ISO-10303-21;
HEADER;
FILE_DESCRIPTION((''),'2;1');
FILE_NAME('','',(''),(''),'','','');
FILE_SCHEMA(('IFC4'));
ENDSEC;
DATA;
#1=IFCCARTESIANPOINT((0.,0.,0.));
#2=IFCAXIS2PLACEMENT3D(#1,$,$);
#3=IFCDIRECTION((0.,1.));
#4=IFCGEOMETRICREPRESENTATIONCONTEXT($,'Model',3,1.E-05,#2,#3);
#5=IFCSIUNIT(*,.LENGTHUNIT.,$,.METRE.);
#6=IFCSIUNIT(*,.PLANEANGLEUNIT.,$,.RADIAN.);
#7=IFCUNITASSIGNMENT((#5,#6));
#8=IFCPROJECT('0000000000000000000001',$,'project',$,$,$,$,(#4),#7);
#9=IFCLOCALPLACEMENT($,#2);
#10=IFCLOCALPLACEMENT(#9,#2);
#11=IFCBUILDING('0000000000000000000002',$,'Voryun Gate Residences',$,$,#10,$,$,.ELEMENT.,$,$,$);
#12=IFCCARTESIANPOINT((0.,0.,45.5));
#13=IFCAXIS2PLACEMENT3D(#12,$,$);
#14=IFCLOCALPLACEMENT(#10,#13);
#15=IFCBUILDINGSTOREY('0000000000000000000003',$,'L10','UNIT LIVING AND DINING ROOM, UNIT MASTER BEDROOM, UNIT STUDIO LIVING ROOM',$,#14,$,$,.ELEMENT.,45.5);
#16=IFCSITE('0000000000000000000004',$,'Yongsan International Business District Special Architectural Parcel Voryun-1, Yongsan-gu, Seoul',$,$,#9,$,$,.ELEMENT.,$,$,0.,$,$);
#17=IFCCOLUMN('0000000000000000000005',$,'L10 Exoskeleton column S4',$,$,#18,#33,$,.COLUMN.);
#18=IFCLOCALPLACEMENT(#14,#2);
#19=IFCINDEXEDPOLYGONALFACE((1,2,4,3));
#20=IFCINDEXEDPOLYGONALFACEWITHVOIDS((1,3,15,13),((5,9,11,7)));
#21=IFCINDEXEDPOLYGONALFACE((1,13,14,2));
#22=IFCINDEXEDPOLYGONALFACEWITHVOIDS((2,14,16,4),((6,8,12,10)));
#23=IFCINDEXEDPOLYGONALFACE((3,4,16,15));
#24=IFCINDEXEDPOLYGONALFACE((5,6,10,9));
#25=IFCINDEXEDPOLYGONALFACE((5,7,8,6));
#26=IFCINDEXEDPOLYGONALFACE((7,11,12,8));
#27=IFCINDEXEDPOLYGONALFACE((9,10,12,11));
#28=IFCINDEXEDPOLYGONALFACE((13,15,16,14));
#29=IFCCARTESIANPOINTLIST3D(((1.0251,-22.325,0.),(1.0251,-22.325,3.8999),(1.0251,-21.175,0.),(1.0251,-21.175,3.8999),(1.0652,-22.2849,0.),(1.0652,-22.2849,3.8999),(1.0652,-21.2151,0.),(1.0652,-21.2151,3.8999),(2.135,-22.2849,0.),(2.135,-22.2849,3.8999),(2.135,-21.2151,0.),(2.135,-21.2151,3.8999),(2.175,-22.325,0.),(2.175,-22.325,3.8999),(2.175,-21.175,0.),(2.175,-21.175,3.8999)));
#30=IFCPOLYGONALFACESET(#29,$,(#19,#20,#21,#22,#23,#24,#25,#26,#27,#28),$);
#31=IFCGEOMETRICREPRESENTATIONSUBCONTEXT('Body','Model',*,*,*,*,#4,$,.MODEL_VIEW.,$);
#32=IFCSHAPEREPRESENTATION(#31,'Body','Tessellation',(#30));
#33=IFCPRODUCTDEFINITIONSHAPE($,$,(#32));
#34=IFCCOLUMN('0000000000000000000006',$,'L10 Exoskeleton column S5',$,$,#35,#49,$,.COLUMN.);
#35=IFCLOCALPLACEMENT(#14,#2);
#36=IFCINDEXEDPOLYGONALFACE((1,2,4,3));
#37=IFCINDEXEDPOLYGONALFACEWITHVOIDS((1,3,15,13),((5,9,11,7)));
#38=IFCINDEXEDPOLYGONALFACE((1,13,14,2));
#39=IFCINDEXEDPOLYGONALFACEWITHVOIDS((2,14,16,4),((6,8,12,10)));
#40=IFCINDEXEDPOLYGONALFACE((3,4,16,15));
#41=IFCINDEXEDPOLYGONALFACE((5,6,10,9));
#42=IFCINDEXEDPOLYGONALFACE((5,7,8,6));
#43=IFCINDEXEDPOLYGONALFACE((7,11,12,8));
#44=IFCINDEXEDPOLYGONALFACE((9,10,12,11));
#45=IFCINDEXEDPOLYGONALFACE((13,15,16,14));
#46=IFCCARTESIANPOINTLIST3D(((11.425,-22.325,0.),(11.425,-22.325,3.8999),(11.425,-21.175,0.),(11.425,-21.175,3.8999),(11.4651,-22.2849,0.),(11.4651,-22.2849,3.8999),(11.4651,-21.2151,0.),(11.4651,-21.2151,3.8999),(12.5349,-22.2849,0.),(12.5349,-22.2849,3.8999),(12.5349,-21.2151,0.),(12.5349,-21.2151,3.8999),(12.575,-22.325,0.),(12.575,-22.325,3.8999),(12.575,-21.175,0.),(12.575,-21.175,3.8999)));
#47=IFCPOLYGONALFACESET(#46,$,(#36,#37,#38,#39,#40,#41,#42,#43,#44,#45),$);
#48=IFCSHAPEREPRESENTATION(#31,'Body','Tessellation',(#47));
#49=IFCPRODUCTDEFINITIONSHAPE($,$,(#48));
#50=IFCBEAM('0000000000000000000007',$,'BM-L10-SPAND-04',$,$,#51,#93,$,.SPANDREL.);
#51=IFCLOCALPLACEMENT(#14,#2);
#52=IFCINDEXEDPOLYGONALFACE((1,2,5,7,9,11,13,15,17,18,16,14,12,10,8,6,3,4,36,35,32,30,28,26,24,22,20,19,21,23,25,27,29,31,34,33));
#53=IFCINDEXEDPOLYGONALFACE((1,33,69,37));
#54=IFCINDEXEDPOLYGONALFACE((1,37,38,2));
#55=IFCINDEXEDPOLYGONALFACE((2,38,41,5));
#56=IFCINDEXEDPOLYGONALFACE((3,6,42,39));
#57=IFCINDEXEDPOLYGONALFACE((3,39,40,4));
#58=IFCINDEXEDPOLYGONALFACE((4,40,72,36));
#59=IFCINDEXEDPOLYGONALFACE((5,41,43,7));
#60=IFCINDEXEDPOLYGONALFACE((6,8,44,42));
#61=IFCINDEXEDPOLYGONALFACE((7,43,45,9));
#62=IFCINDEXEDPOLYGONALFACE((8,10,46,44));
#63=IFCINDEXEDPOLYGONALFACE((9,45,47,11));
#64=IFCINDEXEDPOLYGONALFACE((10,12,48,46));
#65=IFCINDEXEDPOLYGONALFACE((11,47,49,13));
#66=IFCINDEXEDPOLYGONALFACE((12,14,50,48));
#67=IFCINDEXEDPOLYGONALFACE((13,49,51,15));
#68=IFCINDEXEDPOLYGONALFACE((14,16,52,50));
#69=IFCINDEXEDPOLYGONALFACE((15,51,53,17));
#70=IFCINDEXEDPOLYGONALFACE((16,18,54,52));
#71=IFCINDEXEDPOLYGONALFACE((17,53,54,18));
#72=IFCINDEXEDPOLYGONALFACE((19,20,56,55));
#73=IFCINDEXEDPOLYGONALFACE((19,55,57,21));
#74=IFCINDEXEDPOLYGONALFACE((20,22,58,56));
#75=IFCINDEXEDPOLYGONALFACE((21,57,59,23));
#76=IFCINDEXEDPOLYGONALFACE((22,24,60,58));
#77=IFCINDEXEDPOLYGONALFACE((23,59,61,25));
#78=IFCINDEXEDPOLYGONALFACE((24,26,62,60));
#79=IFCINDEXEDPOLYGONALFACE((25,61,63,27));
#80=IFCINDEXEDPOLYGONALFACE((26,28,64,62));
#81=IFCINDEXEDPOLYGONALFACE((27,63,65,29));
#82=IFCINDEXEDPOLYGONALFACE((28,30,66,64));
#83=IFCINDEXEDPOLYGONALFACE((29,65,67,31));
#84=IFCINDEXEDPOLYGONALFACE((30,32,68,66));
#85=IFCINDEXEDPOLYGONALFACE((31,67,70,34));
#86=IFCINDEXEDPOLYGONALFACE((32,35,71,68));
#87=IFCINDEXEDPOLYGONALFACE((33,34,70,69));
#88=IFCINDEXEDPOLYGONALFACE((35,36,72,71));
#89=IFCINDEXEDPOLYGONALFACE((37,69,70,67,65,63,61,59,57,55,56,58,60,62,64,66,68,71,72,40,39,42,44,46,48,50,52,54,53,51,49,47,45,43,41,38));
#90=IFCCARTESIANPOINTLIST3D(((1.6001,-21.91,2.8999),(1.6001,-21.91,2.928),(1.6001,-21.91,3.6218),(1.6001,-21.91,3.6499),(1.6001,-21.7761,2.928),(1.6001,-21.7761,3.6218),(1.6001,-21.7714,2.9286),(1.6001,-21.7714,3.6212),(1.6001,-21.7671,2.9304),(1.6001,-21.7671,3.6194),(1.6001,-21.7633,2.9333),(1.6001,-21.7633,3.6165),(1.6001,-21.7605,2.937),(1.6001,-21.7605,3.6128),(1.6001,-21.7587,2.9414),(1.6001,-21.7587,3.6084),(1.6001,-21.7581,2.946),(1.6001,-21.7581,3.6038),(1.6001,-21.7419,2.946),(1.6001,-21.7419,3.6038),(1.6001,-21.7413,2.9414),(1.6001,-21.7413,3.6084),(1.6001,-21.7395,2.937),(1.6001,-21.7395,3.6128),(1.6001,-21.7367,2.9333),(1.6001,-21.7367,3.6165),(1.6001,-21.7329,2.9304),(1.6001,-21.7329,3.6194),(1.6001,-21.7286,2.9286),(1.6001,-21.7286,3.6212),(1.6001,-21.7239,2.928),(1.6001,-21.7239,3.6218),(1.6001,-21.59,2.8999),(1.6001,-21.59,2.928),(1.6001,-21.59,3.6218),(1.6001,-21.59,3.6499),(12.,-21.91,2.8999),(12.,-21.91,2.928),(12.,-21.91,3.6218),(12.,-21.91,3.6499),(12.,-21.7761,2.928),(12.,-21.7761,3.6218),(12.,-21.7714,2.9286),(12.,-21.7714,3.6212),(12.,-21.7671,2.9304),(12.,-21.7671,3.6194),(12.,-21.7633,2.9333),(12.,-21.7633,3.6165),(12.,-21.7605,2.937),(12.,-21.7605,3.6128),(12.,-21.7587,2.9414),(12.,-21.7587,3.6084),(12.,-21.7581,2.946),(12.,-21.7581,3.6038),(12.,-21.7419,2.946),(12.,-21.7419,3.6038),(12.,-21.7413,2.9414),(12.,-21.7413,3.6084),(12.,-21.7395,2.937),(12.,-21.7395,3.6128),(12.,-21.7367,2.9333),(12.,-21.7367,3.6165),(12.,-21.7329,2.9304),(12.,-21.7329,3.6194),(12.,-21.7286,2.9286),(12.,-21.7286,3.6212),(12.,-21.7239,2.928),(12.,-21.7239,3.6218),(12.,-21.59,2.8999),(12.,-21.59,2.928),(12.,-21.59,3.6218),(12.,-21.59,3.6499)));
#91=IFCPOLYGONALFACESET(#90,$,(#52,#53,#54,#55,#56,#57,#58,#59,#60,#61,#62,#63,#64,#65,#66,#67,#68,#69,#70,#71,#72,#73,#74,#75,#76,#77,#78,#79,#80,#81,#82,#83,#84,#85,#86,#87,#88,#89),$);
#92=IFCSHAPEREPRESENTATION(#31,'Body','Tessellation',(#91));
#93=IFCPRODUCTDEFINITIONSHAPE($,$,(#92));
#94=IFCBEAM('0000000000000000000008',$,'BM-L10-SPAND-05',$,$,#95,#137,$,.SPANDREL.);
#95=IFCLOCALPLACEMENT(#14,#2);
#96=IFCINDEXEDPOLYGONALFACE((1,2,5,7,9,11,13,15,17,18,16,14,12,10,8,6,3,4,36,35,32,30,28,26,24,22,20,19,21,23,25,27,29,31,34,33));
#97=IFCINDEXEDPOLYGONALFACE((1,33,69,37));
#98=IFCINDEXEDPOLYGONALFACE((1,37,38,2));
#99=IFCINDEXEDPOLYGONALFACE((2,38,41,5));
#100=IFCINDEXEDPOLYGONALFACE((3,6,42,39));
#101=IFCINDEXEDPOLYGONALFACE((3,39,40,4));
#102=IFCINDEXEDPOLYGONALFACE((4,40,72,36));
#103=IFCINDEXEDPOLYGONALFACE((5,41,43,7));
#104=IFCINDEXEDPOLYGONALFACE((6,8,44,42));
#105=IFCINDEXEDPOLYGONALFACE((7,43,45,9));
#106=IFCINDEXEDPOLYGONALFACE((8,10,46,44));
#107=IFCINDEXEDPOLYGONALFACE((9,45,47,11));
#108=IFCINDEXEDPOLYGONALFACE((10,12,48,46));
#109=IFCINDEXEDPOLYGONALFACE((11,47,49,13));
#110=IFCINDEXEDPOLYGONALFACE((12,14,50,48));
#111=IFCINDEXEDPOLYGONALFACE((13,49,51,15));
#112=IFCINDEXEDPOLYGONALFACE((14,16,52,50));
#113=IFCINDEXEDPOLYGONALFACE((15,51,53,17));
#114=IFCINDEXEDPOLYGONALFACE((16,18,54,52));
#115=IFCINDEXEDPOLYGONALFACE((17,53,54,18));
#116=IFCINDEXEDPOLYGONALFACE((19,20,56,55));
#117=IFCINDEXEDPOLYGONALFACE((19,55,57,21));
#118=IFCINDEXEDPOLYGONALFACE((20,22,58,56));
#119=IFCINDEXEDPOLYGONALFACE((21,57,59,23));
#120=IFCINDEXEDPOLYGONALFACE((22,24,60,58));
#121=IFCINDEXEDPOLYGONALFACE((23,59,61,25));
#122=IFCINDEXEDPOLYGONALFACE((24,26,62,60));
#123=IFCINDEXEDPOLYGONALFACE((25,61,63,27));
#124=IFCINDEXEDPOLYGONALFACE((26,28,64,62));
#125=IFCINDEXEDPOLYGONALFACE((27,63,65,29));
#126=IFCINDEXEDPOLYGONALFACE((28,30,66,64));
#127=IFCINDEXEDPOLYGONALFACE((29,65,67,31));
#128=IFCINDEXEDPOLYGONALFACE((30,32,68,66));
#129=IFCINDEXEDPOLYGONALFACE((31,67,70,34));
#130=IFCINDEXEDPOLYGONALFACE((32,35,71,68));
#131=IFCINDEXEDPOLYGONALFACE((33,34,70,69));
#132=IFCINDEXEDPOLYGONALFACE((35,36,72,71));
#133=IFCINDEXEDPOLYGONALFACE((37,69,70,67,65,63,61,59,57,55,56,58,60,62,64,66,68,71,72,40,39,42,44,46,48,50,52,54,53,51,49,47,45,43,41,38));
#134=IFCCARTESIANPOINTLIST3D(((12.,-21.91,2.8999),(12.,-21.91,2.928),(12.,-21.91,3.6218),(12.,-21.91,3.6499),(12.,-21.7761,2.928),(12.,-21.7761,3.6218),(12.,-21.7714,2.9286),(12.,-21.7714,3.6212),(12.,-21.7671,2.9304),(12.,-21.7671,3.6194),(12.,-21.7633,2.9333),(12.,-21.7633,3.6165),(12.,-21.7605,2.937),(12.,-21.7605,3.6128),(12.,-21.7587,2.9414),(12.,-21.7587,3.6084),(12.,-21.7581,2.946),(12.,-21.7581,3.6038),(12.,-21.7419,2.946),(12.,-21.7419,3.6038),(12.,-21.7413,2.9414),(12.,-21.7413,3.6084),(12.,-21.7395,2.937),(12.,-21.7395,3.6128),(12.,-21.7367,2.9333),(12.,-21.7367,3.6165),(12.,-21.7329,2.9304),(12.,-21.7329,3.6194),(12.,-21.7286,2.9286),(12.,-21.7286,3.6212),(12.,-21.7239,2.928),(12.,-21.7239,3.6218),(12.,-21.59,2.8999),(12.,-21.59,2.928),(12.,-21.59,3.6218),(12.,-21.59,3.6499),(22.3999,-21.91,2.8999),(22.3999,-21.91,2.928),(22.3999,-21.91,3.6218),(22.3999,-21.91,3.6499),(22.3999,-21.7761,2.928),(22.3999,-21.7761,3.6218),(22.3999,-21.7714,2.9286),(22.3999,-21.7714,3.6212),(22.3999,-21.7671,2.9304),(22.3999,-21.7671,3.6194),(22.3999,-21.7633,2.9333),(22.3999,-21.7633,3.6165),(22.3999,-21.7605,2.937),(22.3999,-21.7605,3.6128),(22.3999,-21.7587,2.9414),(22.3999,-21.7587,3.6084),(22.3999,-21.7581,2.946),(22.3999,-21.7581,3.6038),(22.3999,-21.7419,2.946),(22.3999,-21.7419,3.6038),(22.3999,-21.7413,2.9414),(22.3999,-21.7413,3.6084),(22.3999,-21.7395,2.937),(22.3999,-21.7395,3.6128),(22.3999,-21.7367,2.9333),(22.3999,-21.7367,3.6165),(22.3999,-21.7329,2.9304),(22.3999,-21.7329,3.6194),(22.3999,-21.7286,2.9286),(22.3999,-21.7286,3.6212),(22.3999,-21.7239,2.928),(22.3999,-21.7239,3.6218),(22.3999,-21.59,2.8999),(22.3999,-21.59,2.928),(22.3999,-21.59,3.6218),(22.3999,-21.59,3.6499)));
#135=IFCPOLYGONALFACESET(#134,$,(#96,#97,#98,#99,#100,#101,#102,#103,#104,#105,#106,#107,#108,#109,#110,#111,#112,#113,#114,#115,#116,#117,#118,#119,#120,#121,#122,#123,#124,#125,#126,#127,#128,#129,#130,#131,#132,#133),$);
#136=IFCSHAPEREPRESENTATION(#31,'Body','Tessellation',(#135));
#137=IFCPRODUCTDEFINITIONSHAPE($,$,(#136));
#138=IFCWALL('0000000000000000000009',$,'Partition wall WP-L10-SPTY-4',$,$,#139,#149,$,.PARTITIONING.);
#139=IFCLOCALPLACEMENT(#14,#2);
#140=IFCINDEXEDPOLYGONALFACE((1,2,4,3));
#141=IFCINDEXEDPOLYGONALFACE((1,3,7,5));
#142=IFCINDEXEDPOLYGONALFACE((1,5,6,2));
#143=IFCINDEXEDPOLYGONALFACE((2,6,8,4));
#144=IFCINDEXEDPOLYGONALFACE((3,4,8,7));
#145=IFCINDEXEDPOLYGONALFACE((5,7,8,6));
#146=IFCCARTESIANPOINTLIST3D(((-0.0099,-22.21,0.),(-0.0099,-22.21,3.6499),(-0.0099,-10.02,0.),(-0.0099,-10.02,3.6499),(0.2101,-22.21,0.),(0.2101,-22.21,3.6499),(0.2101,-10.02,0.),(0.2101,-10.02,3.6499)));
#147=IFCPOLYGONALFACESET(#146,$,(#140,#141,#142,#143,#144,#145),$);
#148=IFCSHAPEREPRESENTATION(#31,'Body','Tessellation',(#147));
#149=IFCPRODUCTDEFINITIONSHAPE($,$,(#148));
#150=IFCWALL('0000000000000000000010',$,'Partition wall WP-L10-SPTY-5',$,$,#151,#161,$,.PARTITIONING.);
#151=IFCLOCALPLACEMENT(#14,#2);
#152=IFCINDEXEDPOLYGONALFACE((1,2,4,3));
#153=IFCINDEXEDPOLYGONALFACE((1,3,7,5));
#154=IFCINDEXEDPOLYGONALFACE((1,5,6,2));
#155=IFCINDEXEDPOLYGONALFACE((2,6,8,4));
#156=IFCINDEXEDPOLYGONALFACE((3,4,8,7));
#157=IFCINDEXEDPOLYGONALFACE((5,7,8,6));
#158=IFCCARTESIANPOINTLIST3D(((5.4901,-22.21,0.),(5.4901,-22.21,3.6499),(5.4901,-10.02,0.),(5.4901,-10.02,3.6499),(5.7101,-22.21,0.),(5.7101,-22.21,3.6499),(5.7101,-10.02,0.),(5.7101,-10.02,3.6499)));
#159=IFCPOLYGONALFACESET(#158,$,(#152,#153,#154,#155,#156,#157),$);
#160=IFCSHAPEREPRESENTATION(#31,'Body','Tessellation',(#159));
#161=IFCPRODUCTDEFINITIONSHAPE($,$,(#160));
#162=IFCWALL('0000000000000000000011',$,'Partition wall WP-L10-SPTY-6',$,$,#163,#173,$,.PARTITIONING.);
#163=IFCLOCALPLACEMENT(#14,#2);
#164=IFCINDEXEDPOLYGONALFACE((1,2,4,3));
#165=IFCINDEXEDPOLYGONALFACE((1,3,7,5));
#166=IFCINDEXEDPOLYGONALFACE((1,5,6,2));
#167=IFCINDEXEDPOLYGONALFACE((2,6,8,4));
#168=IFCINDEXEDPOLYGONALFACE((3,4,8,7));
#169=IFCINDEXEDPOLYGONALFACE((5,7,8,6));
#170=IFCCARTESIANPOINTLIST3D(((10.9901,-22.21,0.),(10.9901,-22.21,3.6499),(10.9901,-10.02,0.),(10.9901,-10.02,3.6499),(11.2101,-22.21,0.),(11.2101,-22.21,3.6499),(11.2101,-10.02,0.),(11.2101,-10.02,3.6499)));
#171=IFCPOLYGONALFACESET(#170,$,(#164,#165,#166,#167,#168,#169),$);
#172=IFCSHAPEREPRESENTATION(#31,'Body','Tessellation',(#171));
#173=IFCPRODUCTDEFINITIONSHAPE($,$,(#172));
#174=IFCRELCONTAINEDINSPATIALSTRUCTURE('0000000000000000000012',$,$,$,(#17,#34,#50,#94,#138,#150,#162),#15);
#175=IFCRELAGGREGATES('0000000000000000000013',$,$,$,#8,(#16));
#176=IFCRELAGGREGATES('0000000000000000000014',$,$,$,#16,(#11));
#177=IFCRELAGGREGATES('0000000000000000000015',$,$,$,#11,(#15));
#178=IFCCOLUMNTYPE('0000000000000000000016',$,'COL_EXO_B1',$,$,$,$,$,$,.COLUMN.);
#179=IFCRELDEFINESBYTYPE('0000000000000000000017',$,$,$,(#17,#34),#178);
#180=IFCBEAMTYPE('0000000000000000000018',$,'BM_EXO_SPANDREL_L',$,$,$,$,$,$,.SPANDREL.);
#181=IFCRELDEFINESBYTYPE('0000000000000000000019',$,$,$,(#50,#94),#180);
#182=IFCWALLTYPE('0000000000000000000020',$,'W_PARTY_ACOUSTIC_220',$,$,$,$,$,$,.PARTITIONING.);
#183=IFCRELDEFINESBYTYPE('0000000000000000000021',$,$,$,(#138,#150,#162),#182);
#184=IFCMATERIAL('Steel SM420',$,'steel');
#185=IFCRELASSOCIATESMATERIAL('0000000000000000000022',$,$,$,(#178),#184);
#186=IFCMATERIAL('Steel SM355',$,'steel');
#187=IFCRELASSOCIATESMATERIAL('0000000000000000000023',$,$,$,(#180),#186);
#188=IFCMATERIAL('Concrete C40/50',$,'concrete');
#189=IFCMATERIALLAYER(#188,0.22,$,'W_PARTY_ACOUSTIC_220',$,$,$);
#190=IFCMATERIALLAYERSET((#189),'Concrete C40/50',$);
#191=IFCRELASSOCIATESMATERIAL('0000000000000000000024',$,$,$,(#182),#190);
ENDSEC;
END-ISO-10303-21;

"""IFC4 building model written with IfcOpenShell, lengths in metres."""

from ifc_helpers import new_model, si_unit, direction, frame, frame_2d, origin, origin_2d, place, context, subcontext, project, spatial, rectangle, hollow_rectangle, i_section, extrude, material, layer, layer_set, material_profile, profile_set, type_object, element, save


model = new_model("IFC4")

# Units and contexts
model_context = context("Model", 3, precision=1e-05, world=origin(), true_north=direction((0.0, 1.0)))
body_context = subcontext(model_context, "Body", "Model", "MODEL_VIEW")
ifc_project = project(units=[si_unit("LENGTHUNIT", "METRE"), si_unit("PLANEANGLEUNIT", "RADIAN")], contexts=[model_context])

# Site, building, storey
site_placement = place(None, origin())
site = spatial("IfcSite", under=ifc_project, at=site_placement, Name="Yongsan International Business District Special Architectural Parcel Voryun-1, Yongsan-gu, Seoul", CompositionType="ELEMENT", RefElevation=0.0)
building_placement = place(site_placement, origin())
building = spatial("IfcBuilding", under=site, at=building_placement, Name="Voryun Gate Residences", CompositionType="ELEMENT")
storey_placement = place(building_placement, frame((0.0, 0.0, 45.5)))
storey = spatial("IfcBuildingStorey", under=building, at=storey_placement, Name="L10", Description="UNIT LIVING AND DINING ROOM, UNIT MASTER BEDROOM, UNIT STUDIO LIVING ROOM", CompositionType="ELEMENT", Elevation=45.5)

# Columns
ifc_material_1 = material(Name="Steel SM420", Category="steel")
ifc_material_profile_1 = material_profile(ifc_material_1, hollow_rectangle(XDim=1.1499, YDim=1.1499, WallThickness=0.04, at=origin_2d()), Name="BOX-1150x1150x40")
ifc_profile_set_1 = profile_set([ifc_material_profile_1], Name="Steel SM420")
column_type = type_object("IfcColumnType", Name="COL_EXO_B1", PredefinedType="COLUMN", material=ifc_profile_set_1)
for number, where, z_axis, x_axis, name in (
    (1, (1.6001, -21.75, 0.0), (0.0, 0.0, 1.0), (1.0, 0.0, 0.0), "L10 Exoskeleton column S4"),
    (2, (12.0, -21.75, 0.0), (0.0, 0.0, 1.0), (1.0, 0.0, 0.0), "L10 Exoskeleton column S5"),
):
    element("IfcColumn", number, at=place(storey_placement, frame(where, z_axis=z_axis, x_axis=x_axis)), inside=storey, type_object=column_type, Name=name, PredefinedType="COLUMN", context=body_context, shape_type="SweptSolid", body=[
        extrude(hollow_rectangle(XDim=1.1499, YDim=1.1499, WallThickness=0.04, at=origin_2d()), origin(), (0.0, 0.0, 1.0), 3.8999),
    ])

# Beams
ifc_material_2 = material(Name="Steel SM355", Category="steel")
ifc_material_profile_2 = material_profile(ifc_material_2, i_section(OverallWidth=0.3201, OverallDepth=0.75, WebThickness=0.0161, FlangeThickness=0.0281, FilletRadius=0.0181, at=origin_2d()), Name="H-750x320x16x28")
ifc_profile_set_2 = profile_set([ifc_material_profile_2], Name="Steel SM355")
beam_type = type_object("IfcBeamType", Name="BM_EXO_SPANDREL_L", PredefinedType="SPANDREL", material=ifc_profile_set_2)
for number, where, z_axis, x_axis, name in (
    (3, (1.6001, -21.75, 3.2749), (1.0, 0.0, 0.0), (0.0, 1.0, 0.0), "BM-L10-SPAND-04"),
    (4, (12.0, -21.75, 3.2749), (1.0, 0.0, 0.0), (0.0, 1.0, 0.0), "BM-L10-SPAND-05"),
):
    element("IfcBeam", number, at=place(storey_placement, frame(where, z_axis=z_axis, x_axis=x_axis)), inside=storey, type_object=beam_type, Name=name, PredefinedType="SPANDREL", context=body_context, shape_type="SweptSolid", body=[
        extrude(i_section(OverallWidth=0.3201, OverallDepth=0.75, WebThickness=0.0161, FlangeThickness=0.0281, FilletRadius=0.0181, at=origin_2d()), origin(), (0.0, 0.0, 1.0), 10.3999),
    ])

# Walls
ifc_material_3 = material(Name="Concrete C40/50", Category="concrete")
ifc_layer_1 = layer(ifc_material_3, 0.22, Name="W_PARTY_ACOUSTIC_220")
ifc_layer_set_1 = layer_set([ifc_layer_1], Name="Concrete C40/50")
wall_type_1 = type_object("IfcWallType", Name="W_PARTY_ACOUSTIC_220", PredefinedType="PARTITIONING", material=ifc_layer_set_1)
for number, where, z_axis, x_axis, name in (
    (5, (0.1001, -22.21, 0.0), (0.0, 0.0, 1.0), (0.0, 1.0, 0.0), "Partition wall WP-L10-SPTY-4"),
    (6, (5.6001, -22.21, 0.0), (0.0, 0.0, 1.0), (0.0, 1.0, 0.0), "Partition wall WP-L10-SPTY-5"),
    (7, (11.1001, -22.21, 0.0), (0.0, 0.0, 1.0), (0.0, 1.0, 0.0), "Partition wall WP-L10-SPTY-6"),
):
    element("IfcWall", number, at=place(storey_placement, frame(where, z_axis=z_axis, x_axis=x_axis)), inside=storey, type_object=wall_type_1, Name=name, PredefinedType="PARTITIONING", context=body_context, shape_type="SweptSolid", body=[
        extrude(rectangle(XDim=12.1899, YDim=0.22, at=frame_2d((6.095, 0.0))), origin(), (0.0, 0.0, 1.0), 3.6499),
    ])

save(model, "model.ifc")
